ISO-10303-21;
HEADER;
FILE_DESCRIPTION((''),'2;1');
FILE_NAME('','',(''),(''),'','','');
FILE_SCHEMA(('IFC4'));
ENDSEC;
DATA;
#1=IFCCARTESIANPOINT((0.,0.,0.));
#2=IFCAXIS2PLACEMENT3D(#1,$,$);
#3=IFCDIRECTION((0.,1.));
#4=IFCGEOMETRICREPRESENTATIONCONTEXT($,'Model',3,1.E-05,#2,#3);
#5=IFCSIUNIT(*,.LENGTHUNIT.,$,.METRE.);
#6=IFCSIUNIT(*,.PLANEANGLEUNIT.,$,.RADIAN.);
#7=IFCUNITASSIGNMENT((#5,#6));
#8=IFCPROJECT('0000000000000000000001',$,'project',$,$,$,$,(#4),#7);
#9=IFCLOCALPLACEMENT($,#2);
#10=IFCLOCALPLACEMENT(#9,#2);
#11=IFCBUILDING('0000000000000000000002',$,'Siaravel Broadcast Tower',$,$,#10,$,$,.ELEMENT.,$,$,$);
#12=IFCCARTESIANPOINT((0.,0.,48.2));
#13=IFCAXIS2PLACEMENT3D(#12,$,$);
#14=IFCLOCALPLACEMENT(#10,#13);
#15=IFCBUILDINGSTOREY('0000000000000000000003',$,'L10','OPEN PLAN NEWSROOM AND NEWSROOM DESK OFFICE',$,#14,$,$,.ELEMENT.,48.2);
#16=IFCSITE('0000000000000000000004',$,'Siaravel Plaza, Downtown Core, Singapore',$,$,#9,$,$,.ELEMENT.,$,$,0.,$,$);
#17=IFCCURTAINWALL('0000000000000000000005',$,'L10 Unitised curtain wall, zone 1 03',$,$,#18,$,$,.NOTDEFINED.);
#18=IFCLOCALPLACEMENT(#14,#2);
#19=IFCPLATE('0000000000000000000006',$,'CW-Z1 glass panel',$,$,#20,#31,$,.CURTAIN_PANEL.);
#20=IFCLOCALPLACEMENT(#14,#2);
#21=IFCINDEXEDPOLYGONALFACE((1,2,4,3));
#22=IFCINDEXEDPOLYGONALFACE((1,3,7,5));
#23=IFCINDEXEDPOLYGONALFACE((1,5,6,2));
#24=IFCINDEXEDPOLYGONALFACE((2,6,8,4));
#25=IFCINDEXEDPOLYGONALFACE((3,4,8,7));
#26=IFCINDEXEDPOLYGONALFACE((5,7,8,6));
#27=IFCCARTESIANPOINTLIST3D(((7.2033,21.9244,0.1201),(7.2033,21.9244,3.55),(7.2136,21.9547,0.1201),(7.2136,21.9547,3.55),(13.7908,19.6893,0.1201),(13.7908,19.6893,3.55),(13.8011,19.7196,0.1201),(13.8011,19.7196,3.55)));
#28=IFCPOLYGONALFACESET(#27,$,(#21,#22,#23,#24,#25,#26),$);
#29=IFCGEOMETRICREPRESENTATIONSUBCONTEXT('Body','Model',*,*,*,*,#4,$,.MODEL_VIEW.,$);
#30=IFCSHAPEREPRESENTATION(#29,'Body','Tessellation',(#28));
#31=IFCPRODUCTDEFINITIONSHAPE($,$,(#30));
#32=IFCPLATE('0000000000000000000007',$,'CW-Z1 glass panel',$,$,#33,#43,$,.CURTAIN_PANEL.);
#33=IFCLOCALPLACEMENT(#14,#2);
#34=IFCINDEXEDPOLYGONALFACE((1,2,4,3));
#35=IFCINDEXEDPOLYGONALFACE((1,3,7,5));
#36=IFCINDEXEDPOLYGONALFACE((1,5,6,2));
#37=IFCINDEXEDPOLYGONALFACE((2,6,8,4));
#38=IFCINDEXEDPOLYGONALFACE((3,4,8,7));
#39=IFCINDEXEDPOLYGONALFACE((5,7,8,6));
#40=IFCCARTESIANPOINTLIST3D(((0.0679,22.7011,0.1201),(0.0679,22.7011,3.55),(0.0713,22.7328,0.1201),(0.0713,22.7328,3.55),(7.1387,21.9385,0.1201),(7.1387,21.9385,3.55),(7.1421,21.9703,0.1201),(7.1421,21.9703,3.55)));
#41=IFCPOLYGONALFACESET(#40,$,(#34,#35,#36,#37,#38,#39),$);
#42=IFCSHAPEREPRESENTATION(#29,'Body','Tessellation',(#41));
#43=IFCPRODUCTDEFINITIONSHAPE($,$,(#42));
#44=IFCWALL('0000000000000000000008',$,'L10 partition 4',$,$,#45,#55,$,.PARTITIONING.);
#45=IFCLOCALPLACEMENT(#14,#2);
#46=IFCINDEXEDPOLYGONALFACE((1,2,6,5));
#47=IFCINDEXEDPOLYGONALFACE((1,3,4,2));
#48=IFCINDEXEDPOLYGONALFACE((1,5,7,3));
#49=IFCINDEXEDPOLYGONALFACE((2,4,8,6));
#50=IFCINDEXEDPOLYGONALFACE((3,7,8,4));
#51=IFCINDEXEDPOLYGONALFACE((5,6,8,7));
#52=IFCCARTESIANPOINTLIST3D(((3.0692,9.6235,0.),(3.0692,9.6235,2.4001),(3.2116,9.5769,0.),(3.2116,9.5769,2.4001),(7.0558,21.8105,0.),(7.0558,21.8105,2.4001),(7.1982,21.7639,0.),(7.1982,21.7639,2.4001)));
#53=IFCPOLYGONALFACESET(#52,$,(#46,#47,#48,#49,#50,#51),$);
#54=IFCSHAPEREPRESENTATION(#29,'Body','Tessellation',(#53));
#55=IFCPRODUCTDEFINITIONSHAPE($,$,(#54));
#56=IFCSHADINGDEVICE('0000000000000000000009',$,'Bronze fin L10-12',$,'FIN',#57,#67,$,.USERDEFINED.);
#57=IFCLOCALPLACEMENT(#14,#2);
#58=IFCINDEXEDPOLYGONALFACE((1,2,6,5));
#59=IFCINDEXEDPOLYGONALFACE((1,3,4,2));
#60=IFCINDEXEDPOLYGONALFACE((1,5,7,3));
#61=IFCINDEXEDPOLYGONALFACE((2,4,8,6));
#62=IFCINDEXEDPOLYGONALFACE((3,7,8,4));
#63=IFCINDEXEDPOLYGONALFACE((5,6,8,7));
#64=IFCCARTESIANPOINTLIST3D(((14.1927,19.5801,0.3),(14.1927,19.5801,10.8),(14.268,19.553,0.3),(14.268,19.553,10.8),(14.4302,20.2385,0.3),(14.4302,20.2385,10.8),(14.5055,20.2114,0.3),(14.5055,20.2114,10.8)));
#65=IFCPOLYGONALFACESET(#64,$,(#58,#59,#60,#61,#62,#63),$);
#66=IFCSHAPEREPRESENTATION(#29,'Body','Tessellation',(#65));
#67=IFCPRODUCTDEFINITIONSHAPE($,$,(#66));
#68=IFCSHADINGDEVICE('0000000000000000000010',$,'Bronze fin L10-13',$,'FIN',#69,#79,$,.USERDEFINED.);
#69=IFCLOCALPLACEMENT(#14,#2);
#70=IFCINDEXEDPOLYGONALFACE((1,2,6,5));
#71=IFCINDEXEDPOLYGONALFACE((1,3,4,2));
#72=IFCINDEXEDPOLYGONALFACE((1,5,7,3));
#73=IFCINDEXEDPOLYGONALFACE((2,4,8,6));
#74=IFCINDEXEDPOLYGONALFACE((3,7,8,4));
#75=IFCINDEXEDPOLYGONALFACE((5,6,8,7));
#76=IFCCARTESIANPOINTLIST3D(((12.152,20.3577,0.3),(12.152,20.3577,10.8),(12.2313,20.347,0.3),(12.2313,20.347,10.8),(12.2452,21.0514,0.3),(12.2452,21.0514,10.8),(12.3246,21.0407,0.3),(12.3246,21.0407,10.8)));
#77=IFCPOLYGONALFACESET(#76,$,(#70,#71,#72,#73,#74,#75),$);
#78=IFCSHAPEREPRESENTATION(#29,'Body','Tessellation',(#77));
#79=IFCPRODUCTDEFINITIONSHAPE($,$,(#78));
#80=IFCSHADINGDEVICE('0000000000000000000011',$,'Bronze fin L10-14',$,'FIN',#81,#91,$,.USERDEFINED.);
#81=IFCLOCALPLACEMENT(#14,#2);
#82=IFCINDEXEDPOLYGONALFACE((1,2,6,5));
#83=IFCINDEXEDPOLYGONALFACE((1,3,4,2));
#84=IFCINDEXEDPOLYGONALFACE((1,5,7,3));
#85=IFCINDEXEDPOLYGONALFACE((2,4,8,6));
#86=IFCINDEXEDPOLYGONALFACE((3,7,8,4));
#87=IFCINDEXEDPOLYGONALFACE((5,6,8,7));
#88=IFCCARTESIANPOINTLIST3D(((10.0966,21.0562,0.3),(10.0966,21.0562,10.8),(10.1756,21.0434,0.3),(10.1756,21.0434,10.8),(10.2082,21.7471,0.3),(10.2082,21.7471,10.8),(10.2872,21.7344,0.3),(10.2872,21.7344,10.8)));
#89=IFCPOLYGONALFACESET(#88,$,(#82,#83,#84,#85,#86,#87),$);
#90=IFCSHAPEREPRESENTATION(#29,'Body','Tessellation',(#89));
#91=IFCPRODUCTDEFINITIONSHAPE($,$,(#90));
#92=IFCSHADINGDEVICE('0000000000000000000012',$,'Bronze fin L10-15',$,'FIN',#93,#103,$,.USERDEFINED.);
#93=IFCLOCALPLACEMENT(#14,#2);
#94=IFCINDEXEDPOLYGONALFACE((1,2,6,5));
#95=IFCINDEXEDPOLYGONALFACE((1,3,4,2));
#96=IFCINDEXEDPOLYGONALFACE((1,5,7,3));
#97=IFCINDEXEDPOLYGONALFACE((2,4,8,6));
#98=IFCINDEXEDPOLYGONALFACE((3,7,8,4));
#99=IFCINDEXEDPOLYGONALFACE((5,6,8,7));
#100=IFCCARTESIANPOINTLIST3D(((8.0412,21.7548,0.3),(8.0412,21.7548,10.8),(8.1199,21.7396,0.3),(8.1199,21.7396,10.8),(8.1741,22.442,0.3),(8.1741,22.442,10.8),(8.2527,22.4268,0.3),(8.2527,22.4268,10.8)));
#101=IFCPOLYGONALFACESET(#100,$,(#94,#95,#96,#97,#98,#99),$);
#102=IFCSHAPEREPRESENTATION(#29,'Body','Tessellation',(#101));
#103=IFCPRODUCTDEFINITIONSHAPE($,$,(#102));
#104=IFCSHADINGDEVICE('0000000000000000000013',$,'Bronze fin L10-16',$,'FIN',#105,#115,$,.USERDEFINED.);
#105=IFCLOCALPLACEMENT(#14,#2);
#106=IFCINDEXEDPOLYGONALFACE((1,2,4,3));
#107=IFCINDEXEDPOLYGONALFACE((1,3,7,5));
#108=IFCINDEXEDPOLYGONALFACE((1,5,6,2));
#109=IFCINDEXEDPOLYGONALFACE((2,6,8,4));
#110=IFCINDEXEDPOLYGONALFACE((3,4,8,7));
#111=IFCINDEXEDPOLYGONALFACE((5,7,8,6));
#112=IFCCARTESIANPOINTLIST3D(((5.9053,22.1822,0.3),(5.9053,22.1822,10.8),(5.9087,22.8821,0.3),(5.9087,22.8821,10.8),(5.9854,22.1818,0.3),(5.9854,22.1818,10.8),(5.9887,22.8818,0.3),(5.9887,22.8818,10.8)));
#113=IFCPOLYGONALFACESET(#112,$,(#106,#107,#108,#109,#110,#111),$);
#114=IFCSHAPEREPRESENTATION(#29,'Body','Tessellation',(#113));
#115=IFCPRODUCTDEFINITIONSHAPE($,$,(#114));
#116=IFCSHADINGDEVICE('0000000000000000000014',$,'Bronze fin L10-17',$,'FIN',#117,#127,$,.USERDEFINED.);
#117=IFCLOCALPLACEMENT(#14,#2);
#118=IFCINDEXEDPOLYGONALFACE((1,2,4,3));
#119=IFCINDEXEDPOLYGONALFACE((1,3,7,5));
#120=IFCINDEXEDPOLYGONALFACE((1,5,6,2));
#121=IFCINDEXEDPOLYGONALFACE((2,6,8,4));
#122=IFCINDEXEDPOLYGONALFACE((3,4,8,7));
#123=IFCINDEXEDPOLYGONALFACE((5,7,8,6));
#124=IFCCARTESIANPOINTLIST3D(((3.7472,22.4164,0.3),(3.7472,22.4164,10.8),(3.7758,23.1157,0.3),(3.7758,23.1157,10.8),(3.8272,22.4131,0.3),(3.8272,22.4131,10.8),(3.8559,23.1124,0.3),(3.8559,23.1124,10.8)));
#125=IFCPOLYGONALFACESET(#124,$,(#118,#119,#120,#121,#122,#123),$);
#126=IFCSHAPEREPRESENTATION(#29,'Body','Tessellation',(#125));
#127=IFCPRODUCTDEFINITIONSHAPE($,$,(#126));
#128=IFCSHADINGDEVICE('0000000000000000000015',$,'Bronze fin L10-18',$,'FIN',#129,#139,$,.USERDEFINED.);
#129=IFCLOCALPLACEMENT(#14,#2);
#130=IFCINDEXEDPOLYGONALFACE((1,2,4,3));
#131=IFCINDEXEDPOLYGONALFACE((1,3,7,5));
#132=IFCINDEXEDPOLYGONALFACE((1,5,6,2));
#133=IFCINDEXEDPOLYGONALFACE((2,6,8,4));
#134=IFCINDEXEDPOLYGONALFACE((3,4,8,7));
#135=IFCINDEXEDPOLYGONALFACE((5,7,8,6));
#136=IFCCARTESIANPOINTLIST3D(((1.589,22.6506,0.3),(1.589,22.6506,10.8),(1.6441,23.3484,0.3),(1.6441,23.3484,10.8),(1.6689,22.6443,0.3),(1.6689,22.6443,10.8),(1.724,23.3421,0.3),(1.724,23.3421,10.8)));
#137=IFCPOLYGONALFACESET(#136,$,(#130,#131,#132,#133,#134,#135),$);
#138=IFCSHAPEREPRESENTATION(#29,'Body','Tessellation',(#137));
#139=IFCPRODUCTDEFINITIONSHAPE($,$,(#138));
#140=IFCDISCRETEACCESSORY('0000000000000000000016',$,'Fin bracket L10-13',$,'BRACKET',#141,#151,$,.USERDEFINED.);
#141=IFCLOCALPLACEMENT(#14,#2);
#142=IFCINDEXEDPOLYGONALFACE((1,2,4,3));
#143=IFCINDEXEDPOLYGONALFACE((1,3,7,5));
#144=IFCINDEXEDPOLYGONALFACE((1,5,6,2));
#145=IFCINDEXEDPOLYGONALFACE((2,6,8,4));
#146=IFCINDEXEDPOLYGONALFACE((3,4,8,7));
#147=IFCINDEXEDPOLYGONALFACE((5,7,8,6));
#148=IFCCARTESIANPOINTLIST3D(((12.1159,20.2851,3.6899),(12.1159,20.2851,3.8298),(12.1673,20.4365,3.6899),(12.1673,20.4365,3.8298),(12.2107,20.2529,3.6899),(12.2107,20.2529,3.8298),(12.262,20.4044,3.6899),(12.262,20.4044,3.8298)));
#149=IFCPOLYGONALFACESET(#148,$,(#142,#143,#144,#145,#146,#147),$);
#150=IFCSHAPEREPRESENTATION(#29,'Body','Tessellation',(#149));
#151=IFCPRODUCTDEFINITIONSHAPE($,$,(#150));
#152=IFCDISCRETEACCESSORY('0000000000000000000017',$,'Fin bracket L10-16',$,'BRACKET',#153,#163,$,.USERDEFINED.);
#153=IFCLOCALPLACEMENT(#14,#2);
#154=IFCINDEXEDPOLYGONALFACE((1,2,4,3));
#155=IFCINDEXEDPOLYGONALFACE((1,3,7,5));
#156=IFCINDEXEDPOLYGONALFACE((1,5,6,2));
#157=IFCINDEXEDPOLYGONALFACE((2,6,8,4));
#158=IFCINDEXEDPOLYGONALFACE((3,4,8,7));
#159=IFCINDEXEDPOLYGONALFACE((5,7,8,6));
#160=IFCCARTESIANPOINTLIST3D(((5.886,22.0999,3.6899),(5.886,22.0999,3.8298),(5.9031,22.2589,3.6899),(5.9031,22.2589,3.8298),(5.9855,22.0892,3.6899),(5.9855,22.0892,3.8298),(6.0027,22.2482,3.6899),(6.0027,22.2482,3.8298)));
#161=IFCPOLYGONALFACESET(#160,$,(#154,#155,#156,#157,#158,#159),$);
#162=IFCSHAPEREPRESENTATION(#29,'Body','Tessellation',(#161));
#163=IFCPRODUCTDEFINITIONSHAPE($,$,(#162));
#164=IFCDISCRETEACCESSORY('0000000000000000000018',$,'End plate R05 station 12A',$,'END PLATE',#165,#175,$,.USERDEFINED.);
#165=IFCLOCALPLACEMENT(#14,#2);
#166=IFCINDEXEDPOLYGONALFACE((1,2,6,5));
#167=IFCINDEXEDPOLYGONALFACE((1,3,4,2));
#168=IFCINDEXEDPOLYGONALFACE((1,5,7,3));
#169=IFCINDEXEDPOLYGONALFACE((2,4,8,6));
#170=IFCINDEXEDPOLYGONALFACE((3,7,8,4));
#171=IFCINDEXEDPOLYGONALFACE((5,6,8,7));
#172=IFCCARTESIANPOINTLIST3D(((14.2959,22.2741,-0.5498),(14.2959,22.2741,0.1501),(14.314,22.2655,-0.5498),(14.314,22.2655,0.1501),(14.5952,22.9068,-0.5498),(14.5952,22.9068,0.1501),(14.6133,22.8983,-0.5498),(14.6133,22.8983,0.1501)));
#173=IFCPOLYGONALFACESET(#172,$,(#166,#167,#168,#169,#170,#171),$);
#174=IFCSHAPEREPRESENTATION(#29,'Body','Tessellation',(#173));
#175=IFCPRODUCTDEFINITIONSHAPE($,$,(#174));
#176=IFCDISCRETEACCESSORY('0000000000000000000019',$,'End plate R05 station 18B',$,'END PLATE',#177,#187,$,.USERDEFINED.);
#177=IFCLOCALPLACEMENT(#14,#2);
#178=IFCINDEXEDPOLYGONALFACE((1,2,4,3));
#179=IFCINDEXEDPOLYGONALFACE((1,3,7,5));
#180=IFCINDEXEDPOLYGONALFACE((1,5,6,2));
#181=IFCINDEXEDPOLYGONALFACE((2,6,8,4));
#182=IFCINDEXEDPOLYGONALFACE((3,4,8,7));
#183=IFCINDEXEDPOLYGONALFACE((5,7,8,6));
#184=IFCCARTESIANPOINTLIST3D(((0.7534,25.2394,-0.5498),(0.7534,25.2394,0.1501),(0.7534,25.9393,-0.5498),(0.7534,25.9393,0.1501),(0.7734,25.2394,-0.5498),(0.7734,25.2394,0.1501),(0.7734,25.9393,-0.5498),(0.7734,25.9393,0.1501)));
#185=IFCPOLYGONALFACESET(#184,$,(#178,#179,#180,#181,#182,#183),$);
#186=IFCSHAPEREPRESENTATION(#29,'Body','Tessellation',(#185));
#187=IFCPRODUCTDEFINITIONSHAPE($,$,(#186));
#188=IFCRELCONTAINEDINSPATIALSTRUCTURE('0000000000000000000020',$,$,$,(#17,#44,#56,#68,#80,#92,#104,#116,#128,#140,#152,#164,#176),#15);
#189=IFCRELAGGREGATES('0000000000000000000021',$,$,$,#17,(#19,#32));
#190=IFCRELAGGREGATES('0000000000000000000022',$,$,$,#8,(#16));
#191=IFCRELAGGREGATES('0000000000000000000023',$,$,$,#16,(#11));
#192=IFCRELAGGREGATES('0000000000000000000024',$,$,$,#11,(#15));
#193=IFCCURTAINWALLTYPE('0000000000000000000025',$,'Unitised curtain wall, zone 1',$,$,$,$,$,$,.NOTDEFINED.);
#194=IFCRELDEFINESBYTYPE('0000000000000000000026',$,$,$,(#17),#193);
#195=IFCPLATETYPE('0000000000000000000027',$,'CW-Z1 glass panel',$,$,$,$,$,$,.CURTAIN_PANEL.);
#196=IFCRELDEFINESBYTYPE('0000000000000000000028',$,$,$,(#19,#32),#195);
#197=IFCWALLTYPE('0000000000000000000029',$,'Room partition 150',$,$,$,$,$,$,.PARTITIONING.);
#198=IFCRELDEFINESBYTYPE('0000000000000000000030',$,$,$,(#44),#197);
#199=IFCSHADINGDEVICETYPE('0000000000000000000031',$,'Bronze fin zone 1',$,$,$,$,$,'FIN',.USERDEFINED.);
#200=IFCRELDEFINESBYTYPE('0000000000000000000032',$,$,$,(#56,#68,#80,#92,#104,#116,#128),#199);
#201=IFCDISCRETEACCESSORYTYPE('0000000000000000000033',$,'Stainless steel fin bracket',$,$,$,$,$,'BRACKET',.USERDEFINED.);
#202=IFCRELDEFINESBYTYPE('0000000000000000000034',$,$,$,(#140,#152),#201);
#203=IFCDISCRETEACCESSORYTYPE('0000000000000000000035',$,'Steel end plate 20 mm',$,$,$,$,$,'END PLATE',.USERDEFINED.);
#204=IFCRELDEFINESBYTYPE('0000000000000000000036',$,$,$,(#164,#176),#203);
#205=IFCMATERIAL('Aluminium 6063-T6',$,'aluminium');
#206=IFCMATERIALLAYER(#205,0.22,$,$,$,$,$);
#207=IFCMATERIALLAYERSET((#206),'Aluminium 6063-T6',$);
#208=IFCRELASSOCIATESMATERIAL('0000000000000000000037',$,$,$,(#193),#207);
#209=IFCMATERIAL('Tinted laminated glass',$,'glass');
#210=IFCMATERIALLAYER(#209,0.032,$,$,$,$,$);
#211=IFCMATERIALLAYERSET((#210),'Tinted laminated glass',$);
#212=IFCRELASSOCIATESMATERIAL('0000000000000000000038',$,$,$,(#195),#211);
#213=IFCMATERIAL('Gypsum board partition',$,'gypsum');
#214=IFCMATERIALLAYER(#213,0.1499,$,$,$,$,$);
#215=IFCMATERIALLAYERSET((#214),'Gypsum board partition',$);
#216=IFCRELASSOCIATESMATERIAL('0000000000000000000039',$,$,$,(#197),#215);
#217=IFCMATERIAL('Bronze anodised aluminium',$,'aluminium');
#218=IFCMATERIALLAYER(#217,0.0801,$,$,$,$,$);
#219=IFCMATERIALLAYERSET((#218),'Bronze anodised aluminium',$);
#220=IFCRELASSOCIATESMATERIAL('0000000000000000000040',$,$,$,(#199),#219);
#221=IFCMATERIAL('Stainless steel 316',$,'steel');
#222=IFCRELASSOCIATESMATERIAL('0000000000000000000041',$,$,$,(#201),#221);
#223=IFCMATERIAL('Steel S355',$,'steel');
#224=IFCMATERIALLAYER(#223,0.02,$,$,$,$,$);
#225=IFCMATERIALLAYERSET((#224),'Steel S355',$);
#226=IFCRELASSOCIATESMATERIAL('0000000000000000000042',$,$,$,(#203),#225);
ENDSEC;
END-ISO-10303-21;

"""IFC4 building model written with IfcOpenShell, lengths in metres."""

from ifc_helpers import new_model, si_unit, direction, frame, frame_2d, origin, origin_2d, place, context, subcontext, project, spatial, rectangle, extrude, material, layer, layer_set, type_object, element, aggregate, save


model = new_model("IFC4")

# Units and contexts
model_context = context("Model", 3, precision=1e-05, world=origin(), true_north=direction((0.0, 1.0)))
body_context = subcontext(model_context, "Body", "Model", "MODEL_VIEW")
ifc_project = project(units=[si_unit("LENGTHUNIT", "METRE"), si_unit("PLANEANGLEUNIT", "RADIAN")], contexts=[model_context])

# Site, building, storey
site_placement = place(None, origin())
site = spatial("IfcSite", under=ifc_project, at=site_placement, Name="Siaravel Plaza, Downtown Core, Singapore", CompositionType="ELEMENT", RefElevation=0.0)
building_placement = place(site_placement, origin())
building = spatial("IfcBuilding", under=site, at=building_placement, Name="Siaravel Broadcast Tower", CompositionType="ELEMENT")
storey_placement = place(building_placement, frame((0.0, 0.0, 48.2)))
storey = spatial("IfcBuildingStorey", under=building, at=storey_placement, Name="L10", Description="OPEN PLAN NEWSROOM AND NEWSROOM DESK OFFICE", CompositionType="ELEMENT", Elevation=48.2)

# Shared definitions
ifc_material_1 = material(Name="Steel S355", Category="steel")

# Curtain wall
ifc_material_2 = material(Name="Aluminium 6063-T6", Category="aluminium")
ifc_layer_1 = layer(ifc_material_2, 0.22)
ifc_layer_set_1 = layer_set([ifc_layer_1], Name="Aluminium 6063-T6")
curtain_wall_type = type_object("IfcCurtainWallType", Name="Unitised curtain wall, zone 1", PredefinedType="NOTDEFINED", material=ifc_layer_set_1)
curtain_wall_placement = place(storey_placement, origin())
curtain_wall = element("IfcCurtainWall", 1, at=curtain_wall_placement, inside=storey, type_object=curtain_wall_type, Name="L10 Unitised curtain wall, zone 1 03", PredefinedType="NOTDEFINED")

# Plates
ifc_material_3 = material(Name="Tinted laminated glass", Category="glass")
ifc_layer_2 = layer(ifc_material_3, 0.032)
ifc_layer_set_2 = layer_set([ifc_layer_2], Name="Tinted laminated glass")
plate_type = type_object("IfcPlateType", Name="CW-Z1 glass panel", PredefinedType="CURTAIN_PANEL", material=ifc_layer_set_2)
plate_1_placement = place(storey_placement, frame((10.5022, 20.822, 0.1201), z_axis=(0.0, 0.0, 1.0), x_axis=(-0.946977, 0.321301, 0.0)))
plate_1 = element("IfcPlate", 2, at=plate_1_placement, type_object=plate_type, Name="CW-Z1 glass panel", PredefinedType="CURTAIN_PANEL", context=body_context, shape_type="SweptSolid", body=[
    extrude(rectangle(XDim=6.9563, YDim=0.032, at=origin_2d()), origin(), (0.0, 0.0, 1.0), 3.4299),
])
plate_2_placement = place(storey_placement, frame((3.605, 22.3357, 0.1201), z_axis=(0.0, 0.0, 1.0), x_axis=(-0.994236, 0.107218, 0.0)))
plate_2 = element("IfcPlate", 3, at=plate_2_placement, type_object=plate_type, Name="CW-Z1 glass panel", PredefinedType="CURTAIN_PANEL", context=body_context, shape_type="SweptSolid", body=[
    extrude(rectangle(XDim=7.1118, YDim=0.032, at=origin_2d()), origin(), (0.0, 0.0, 1.0), 3.4299),
])
aggregate(curtain_wall, [plate_1, plate_2])

# Wall
ifc_material_4 = material(Name="Gypsum board partition", Category="gypsum")
ifc_layer_3 = layer(ifc_material_4, 0.1499)
ifc_layer_set_3 = layer_set([ifc_layer_3], Name="Gypsum board partition")
wall_type = type_object("IfcWallType", Name="Room partition 150", PredefinedType="PARTITIONING", material=ifc_layer_set_3)
wall_placement = place(storey_placement, frame((7.127, 21.7871, 0.0), z_axis=(0.0, 0.0, 1.0), x_axis=(-0.310905, -0.950441, 0.0)))
element("IfcWall", 4, at=wall_placement, inside=storey, type_object=wall_type, Name="L10 partition 4", PredefinedType="PARTITIONING", context=body_context, shape_type="SweptSolid", body=[
    extrude(rectangle(XDim=12.8225, YDim=0.1499, at=frame_2d((6.4111, 0.0))), origin(), (0.0, 0.0, 1.0), 2.4001),
])

# Shading devices
ifc_material_5 = material(Name="Bronze anodised aluminium", Category="aluminium")
ifc_layer_4 = layer(ifc_material_5, 0.0801)
ifc_layer_set_4 = layer_set([ifc_layer_4], Name="Bronze anodised aluminium")
shading_device_type = type_object("IfcShadingDeviceType", Name="Bronze fin zone 1", ElementType="FIN", PredefinedType="USERDEFINED", material=ifc_layer_set_4)
for number, where, z_axis, x_axis, name in (
    (5, (14.3491, 19.8958, 0.3), (0.0, 0.0, 1.0), (0.339332, 0.940667, 0.0), "Bronze fin L10-12"),
    (6, (12.2383, 20.6992, 0.3), (0.0, 0.0, 1.0), (0.133213, 0.991087, 0.0), "Bronze fin L10-13"),
    (7, (10.1919, 21.3953, 0.3), (0.0, 0.0, 1.0), (0.159456, 0.987205, 0.0), "Bronze fin L10-14"),
    (8, (8.147, 22.0908, 0.3), (0.0, 0.0, 1.0), (0.189776, 0.981827, 0.0), "Bronze fin L10-15"),
    (9, (5.947, 22.532, 0.3), (0.0, 0.0, 1.0), (0.004826, 0.999988, 0.0), "Bronze fin L10-16"),
    (10, (3.8015, 22.7644, 0.3), (0.0, 0.0, 1.0), (0.040951, 0.999161, 0.0), "Bronze fin L10-17"),
    (11, (1.6565, 22.9963, 0.3), (0.0, 0.0, 1.0), (0.07871, 0.996898, 0.0), "Bronze fin L10-18"),
):
    element("IfcShadingDevice", number, at=place(storey_placement, frame(where, z_axis=z_axis, x_axis=x_axis)), inside=storey, type_object=shading_device_type, Name=name, ObjectType="FIN", PredefinedType="USERDEFINED", context=body_context, shape_type="SweptSolid", body=[
        extrude(rectangle(XDim=0.7, YDim=0.0801, at=origin_2d()), origin(), (0.0, 0.0, 1.0), 10.5),
    ])

# Discrete accessories
ifc_material_6 = material(Name="Stainless steel 316", Category="steel")
discrete_accessory_type_1 = type_object("IfcDiscreteAccessoryType", Name="Stainless steel fin bracket", ElementType="BRACKET", PredefinedType="USERDEFINED", material=ifc_material_6)
for number, where, z_axis, x_axis, name in (
    (12, (12.189, 20.3447, 3.6899), (0.0, 0.0, 1.0), (0.321301, 0.946977, 0.0), "Fin bracket L10-13"),
    (13, (5.9443, 22.1741, 3.6899), (0.0, 0.0, 1.0), (0.107217, 0.994236, 0.0), "Fin bracket L10-16"),
):
    element("IfcDiscreteAccessory", number, at=place(storey_placement, frame(where, z_axis=z_axis, x_axis=x_axis)), inside=storey, type_object=discrete_accessory_type_1, Name=name, ObjectType="BRACKET", PredefinedType="USERDEFINED", context=body_context, shape_type="SweptSolid", body=[
        extrude(rectangle(XDim=0.1599, YDim=0.1001, at=origin_2d()), origin(), (0.0, 0.0, 1.0), 0.1399),
    ])
ifc_layer_5 = layer(ifc_material_1, 0.02)
ifc_layer_set_5 = layer_set([ifc_layer_5], Name="Steel S355")
discrete_accessory_type_2 = type_object("IfcDiscreteAccessoryType", Name="Steel end plate 20 mm", ElementType="END PLATE", PredefinedType="USERDEFINED", material=ifc_layer_set_5)
for number, where, z_axis, x_axis, name in (
    (14, (14.4546, 22.5862, -0.5498), (0.0, 0.0, 1.0), (-0.904006, 0.427519, 0.0), "End plate R05 station 12A"),
    (15, (0.7634, 25.5894, -0.5498), (0.0, 0.0, 1.0), (-1.0, 0.0, 0.0), "End plate R05 station 18B"),
):
    element("IfcDiscreteAccessory", number, at=place(storey_placement, frame(where, z_axis=z_axis, x_axis=x_axis)), inside=storey, type_object=discrete_accessory_type_2, Name=name, ObjectType="END PLATE", PredefinedType="USERDEFINED", context=body_context, shape_type="SweptSolid", body=[
        extrude(rectangle(XDim=0.02, YDim=0.7, at=origin_2d()), origin(), (0.0, 0.0, 1.0), 0.7),
    ])

save(model, "model.ifc")
